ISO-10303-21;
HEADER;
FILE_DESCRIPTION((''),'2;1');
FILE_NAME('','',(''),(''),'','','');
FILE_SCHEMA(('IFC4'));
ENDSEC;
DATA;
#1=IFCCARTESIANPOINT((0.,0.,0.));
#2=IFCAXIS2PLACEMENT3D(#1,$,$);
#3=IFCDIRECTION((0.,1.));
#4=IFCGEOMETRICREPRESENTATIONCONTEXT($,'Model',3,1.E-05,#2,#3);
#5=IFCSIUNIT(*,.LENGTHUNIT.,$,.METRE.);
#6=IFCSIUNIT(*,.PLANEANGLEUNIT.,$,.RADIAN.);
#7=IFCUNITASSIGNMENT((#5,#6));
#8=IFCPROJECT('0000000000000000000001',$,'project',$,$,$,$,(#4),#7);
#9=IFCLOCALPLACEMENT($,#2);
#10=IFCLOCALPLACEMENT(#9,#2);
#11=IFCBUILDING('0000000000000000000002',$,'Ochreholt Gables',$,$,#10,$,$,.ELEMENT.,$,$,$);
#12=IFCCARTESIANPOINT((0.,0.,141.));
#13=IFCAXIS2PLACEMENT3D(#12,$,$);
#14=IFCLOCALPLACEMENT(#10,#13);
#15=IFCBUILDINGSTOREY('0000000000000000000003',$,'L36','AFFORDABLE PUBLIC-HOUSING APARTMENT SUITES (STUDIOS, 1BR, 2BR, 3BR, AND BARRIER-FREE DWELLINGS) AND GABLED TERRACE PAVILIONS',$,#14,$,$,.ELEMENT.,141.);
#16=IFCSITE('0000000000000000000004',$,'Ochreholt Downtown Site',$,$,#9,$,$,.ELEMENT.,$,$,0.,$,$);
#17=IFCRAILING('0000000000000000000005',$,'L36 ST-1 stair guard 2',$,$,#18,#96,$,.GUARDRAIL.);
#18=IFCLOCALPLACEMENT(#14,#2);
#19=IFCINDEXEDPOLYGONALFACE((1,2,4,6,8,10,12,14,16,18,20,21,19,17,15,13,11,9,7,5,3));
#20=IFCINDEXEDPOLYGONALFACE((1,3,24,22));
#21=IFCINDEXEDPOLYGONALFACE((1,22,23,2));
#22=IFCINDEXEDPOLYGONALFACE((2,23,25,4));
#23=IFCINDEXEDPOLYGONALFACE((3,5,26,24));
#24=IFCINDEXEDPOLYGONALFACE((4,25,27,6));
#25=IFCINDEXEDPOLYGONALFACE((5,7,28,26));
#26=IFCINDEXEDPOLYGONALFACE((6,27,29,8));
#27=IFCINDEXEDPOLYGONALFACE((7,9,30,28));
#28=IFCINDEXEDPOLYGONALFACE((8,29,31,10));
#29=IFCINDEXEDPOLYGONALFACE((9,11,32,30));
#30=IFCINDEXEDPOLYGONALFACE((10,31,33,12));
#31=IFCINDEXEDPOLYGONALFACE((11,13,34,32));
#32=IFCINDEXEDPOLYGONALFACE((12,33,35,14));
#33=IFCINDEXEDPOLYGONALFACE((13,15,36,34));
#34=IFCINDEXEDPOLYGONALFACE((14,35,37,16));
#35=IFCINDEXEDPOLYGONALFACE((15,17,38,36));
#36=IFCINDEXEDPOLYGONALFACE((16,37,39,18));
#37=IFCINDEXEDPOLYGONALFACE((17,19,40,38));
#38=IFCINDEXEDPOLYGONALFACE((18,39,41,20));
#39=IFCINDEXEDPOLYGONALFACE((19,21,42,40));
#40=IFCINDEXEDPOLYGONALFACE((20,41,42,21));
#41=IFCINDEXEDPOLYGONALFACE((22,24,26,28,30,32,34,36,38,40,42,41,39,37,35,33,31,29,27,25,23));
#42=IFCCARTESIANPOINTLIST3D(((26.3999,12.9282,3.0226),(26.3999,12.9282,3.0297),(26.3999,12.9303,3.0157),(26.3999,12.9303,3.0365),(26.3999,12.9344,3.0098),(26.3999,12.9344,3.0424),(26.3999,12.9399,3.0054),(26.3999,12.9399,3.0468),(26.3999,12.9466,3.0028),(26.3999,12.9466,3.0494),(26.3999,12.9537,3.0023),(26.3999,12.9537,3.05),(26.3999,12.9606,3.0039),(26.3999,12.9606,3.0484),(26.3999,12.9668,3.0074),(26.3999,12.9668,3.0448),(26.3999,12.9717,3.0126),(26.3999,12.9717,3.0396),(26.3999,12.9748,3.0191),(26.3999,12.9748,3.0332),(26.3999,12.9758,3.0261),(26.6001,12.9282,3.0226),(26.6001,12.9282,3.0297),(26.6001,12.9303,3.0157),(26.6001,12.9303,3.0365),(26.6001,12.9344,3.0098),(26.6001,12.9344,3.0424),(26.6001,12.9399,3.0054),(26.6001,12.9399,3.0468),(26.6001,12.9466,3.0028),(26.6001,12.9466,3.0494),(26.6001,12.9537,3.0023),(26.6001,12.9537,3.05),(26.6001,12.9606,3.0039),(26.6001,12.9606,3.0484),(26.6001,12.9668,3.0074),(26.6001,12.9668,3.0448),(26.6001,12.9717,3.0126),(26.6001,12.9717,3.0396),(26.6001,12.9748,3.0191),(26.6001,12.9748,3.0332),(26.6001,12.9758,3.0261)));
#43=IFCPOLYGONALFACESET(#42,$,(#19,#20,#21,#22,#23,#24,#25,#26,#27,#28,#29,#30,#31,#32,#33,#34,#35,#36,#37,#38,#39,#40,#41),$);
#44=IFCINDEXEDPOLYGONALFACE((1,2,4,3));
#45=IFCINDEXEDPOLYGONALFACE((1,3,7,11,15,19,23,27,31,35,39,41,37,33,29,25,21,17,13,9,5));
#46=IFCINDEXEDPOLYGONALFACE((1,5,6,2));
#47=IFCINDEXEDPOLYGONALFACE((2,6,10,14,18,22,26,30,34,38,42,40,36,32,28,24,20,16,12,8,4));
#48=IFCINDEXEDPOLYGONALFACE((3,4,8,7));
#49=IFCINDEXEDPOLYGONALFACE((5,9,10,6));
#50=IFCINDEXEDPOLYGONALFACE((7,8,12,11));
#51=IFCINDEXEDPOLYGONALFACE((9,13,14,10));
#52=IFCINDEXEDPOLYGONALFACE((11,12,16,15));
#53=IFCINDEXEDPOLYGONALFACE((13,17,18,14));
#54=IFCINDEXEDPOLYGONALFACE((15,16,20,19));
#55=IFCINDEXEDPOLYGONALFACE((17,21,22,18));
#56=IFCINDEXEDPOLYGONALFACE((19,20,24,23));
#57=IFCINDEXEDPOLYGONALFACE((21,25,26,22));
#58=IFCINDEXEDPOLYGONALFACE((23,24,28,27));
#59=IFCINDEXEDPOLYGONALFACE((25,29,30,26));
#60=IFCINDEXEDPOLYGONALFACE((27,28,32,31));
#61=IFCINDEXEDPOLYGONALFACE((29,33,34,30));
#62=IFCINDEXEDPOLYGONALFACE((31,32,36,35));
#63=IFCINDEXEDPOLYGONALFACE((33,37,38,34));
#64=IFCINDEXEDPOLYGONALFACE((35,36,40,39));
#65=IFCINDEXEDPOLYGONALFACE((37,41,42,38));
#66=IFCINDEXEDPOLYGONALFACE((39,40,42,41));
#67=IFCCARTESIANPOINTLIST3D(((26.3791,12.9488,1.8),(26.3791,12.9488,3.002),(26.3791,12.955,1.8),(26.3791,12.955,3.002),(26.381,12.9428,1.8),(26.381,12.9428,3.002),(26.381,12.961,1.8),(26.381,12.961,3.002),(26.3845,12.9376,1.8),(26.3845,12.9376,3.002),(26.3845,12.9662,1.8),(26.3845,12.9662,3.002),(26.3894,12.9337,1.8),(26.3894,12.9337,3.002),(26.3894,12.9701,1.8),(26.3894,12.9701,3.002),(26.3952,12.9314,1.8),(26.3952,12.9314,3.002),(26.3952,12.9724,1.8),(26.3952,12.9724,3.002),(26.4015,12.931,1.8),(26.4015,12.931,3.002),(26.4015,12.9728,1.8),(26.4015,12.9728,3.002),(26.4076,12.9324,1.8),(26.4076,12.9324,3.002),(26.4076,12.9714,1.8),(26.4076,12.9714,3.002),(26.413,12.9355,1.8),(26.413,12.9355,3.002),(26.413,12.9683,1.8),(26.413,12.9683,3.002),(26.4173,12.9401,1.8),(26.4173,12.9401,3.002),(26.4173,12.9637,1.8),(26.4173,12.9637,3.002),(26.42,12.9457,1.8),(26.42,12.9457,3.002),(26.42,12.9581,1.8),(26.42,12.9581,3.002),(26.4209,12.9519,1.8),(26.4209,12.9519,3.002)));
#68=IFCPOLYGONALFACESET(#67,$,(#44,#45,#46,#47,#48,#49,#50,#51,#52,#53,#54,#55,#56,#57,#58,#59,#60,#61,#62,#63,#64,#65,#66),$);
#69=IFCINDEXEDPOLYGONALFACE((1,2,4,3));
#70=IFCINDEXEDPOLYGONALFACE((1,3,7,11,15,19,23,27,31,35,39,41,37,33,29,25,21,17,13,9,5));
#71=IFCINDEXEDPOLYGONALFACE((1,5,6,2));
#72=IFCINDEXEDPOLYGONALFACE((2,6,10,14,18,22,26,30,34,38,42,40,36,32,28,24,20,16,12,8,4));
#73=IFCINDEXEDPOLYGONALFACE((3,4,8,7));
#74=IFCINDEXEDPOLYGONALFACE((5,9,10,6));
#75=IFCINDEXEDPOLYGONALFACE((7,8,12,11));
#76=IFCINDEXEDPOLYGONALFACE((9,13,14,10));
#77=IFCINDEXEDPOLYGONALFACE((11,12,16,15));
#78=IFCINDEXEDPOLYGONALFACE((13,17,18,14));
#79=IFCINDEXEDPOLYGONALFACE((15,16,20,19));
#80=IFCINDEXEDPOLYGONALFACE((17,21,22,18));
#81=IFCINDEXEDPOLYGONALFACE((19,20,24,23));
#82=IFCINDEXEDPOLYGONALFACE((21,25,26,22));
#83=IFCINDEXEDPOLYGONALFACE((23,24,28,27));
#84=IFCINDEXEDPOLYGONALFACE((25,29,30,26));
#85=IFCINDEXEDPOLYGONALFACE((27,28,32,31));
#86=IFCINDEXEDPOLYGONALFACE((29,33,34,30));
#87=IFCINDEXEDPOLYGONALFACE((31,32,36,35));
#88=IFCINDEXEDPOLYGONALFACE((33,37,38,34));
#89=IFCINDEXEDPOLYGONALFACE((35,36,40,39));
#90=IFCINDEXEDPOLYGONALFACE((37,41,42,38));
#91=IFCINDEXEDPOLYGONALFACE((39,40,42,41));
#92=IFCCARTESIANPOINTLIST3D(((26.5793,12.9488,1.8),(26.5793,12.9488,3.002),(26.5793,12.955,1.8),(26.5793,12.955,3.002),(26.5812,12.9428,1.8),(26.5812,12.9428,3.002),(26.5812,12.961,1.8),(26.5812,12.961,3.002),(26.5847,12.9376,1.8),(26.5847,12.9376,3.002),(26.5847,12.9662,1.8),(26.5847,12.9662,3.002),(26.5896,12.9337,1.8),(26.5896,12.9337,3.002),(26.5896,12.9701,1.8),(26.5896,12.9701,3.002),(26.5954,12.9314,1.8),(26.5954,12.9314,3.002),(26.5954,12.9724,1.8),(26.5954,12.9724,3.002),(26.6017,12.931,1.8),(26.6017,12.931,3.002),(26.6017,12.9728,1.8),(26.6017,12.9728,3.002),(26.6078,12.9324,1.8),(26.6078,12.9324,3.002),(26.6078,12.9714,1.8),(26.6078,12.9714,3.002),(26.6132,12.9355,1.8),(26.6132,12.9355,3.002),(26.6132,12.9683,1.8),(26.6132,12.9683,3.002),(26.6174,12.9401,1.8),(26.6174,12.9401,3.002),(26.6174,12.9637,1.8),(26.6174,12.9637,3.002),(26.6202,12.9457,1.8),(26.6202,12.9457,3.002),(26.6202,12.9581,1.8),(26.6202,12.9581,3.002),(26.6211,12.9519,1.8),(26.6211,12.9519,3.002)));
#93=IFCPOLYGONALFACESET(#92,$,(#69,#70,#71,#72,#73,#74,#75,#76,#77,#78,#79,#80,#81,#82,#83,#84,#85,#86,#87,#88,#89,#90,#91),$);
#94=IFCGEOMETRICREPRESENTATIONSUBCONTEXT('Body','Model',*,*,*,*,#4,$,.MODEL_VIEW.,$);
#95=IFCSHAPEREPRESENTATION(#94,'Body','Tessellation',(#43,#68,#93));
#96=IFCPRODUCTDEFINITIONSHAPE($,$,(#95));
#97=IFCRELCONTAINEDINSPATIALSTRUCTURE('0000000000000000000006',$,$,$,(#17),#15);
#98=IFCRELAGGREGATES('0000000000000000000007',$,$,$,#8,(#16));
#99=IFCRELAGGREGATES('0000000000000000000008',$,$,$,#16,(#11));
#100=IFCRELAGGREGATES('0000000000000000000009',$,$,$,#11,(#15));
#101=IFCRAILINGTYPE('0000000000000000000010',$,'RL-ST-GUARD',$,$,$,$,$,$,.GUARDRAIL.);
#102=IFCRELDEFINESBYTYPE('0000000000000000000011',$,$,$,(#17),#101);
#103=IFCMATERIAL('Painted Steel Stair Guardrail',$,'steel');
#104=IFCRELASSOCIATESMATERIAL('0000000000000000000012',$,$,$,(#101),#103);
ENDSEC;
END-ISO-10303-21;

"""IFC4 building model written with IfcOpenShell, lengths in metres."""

from ifc_helpers import new_model, si_unit, direction, frame, origin, origin_2d, place, context, subcontext, project, spatial, circle, extrude, material, type_object, element, save


model = new_model("IFC4")

# Units and contexts
model_context = context("Model", 3, precision=1e-05, world=origin(), true_north=direction((0.0, 1.0)))
body_context = subcontext(model_context, "Body", "Model", "MODEL_VIEW")
ifc_project = project(units=[si_unit("LENGTHUNIT", "METRE"), si_unit("PLANEANGLEUNIT", "RADIAN")], contexts=[model_context])

# Site, building, storey
site_placement = place(None, origin())
site = spatial("IfcSite", under=ifc_project, at=site_placement, Name="Ochreholt Downtown Site", CompositionType="ELEMENT", RefElevation=0.0)
building_placement = place(site_placement, origin())
building = spatial("IfcBuilding", under=site, at=building_placement, Name="Ochreholt Gables", CompositionType="ELEMENT")
storey_placement = place(building_placement, frame((0.0, 0.0, 141.0)))
storey = spatial("IfcBuildingStorey", under=building, at=storey_placement, Name="L36", Description="AFFORDABLE PUBLIC-HOUSING APARTMENT SUITES (STUDIOS, 1BR, 2BR, 3BR, AND BARRIER-FREE DWELLINGS) AND GABLED TERRACE PAVILIONS", CompositionType="ELEMENT", Elevation=141.0)

# Railing
ifc_material_1 = material(Name="Painted Steel Stair Guardrail", Category="steel")
railing_type_1 = type_object("IfcRailingType", Name="RL-ST-GUARD", PredefinedType="GUARDRAIL", material=ifc_material_1)
railing_1_placement = place(storey_placement, frame((26.3999, 12.9519, 1.8)))
element("IfcRailing", 1, at=railing_1_placement, inside=storey, type_object=railing_type_1, Name="L36 ST-1 stair guard 2", PredefinedType="GUARDRAIL", context=body_context, shape_type="SweptSolid", body=[
    extrude(circle(Radius=0.0239, at=origin_2d()), frame((0.0, 0.0, 1.2261), z_axis=(1.0, 0.0, 0.0), x_axis=(0.0, 1.0, 0.0)), (0.0, 0.0, 1.0), 0.2002),
    extrude(circle(Radius=0.021, at=origin_2d()), origin(), (0.0, 0.0, 1.0), 1.2019),
    extrude(circle(Radius=0.021, at=origin_2d()), frame((0.2002, 0.0, 0.0)), (0.0, 0.0, 1.0), 1.2019),
])

save(model, "model.ifc")
